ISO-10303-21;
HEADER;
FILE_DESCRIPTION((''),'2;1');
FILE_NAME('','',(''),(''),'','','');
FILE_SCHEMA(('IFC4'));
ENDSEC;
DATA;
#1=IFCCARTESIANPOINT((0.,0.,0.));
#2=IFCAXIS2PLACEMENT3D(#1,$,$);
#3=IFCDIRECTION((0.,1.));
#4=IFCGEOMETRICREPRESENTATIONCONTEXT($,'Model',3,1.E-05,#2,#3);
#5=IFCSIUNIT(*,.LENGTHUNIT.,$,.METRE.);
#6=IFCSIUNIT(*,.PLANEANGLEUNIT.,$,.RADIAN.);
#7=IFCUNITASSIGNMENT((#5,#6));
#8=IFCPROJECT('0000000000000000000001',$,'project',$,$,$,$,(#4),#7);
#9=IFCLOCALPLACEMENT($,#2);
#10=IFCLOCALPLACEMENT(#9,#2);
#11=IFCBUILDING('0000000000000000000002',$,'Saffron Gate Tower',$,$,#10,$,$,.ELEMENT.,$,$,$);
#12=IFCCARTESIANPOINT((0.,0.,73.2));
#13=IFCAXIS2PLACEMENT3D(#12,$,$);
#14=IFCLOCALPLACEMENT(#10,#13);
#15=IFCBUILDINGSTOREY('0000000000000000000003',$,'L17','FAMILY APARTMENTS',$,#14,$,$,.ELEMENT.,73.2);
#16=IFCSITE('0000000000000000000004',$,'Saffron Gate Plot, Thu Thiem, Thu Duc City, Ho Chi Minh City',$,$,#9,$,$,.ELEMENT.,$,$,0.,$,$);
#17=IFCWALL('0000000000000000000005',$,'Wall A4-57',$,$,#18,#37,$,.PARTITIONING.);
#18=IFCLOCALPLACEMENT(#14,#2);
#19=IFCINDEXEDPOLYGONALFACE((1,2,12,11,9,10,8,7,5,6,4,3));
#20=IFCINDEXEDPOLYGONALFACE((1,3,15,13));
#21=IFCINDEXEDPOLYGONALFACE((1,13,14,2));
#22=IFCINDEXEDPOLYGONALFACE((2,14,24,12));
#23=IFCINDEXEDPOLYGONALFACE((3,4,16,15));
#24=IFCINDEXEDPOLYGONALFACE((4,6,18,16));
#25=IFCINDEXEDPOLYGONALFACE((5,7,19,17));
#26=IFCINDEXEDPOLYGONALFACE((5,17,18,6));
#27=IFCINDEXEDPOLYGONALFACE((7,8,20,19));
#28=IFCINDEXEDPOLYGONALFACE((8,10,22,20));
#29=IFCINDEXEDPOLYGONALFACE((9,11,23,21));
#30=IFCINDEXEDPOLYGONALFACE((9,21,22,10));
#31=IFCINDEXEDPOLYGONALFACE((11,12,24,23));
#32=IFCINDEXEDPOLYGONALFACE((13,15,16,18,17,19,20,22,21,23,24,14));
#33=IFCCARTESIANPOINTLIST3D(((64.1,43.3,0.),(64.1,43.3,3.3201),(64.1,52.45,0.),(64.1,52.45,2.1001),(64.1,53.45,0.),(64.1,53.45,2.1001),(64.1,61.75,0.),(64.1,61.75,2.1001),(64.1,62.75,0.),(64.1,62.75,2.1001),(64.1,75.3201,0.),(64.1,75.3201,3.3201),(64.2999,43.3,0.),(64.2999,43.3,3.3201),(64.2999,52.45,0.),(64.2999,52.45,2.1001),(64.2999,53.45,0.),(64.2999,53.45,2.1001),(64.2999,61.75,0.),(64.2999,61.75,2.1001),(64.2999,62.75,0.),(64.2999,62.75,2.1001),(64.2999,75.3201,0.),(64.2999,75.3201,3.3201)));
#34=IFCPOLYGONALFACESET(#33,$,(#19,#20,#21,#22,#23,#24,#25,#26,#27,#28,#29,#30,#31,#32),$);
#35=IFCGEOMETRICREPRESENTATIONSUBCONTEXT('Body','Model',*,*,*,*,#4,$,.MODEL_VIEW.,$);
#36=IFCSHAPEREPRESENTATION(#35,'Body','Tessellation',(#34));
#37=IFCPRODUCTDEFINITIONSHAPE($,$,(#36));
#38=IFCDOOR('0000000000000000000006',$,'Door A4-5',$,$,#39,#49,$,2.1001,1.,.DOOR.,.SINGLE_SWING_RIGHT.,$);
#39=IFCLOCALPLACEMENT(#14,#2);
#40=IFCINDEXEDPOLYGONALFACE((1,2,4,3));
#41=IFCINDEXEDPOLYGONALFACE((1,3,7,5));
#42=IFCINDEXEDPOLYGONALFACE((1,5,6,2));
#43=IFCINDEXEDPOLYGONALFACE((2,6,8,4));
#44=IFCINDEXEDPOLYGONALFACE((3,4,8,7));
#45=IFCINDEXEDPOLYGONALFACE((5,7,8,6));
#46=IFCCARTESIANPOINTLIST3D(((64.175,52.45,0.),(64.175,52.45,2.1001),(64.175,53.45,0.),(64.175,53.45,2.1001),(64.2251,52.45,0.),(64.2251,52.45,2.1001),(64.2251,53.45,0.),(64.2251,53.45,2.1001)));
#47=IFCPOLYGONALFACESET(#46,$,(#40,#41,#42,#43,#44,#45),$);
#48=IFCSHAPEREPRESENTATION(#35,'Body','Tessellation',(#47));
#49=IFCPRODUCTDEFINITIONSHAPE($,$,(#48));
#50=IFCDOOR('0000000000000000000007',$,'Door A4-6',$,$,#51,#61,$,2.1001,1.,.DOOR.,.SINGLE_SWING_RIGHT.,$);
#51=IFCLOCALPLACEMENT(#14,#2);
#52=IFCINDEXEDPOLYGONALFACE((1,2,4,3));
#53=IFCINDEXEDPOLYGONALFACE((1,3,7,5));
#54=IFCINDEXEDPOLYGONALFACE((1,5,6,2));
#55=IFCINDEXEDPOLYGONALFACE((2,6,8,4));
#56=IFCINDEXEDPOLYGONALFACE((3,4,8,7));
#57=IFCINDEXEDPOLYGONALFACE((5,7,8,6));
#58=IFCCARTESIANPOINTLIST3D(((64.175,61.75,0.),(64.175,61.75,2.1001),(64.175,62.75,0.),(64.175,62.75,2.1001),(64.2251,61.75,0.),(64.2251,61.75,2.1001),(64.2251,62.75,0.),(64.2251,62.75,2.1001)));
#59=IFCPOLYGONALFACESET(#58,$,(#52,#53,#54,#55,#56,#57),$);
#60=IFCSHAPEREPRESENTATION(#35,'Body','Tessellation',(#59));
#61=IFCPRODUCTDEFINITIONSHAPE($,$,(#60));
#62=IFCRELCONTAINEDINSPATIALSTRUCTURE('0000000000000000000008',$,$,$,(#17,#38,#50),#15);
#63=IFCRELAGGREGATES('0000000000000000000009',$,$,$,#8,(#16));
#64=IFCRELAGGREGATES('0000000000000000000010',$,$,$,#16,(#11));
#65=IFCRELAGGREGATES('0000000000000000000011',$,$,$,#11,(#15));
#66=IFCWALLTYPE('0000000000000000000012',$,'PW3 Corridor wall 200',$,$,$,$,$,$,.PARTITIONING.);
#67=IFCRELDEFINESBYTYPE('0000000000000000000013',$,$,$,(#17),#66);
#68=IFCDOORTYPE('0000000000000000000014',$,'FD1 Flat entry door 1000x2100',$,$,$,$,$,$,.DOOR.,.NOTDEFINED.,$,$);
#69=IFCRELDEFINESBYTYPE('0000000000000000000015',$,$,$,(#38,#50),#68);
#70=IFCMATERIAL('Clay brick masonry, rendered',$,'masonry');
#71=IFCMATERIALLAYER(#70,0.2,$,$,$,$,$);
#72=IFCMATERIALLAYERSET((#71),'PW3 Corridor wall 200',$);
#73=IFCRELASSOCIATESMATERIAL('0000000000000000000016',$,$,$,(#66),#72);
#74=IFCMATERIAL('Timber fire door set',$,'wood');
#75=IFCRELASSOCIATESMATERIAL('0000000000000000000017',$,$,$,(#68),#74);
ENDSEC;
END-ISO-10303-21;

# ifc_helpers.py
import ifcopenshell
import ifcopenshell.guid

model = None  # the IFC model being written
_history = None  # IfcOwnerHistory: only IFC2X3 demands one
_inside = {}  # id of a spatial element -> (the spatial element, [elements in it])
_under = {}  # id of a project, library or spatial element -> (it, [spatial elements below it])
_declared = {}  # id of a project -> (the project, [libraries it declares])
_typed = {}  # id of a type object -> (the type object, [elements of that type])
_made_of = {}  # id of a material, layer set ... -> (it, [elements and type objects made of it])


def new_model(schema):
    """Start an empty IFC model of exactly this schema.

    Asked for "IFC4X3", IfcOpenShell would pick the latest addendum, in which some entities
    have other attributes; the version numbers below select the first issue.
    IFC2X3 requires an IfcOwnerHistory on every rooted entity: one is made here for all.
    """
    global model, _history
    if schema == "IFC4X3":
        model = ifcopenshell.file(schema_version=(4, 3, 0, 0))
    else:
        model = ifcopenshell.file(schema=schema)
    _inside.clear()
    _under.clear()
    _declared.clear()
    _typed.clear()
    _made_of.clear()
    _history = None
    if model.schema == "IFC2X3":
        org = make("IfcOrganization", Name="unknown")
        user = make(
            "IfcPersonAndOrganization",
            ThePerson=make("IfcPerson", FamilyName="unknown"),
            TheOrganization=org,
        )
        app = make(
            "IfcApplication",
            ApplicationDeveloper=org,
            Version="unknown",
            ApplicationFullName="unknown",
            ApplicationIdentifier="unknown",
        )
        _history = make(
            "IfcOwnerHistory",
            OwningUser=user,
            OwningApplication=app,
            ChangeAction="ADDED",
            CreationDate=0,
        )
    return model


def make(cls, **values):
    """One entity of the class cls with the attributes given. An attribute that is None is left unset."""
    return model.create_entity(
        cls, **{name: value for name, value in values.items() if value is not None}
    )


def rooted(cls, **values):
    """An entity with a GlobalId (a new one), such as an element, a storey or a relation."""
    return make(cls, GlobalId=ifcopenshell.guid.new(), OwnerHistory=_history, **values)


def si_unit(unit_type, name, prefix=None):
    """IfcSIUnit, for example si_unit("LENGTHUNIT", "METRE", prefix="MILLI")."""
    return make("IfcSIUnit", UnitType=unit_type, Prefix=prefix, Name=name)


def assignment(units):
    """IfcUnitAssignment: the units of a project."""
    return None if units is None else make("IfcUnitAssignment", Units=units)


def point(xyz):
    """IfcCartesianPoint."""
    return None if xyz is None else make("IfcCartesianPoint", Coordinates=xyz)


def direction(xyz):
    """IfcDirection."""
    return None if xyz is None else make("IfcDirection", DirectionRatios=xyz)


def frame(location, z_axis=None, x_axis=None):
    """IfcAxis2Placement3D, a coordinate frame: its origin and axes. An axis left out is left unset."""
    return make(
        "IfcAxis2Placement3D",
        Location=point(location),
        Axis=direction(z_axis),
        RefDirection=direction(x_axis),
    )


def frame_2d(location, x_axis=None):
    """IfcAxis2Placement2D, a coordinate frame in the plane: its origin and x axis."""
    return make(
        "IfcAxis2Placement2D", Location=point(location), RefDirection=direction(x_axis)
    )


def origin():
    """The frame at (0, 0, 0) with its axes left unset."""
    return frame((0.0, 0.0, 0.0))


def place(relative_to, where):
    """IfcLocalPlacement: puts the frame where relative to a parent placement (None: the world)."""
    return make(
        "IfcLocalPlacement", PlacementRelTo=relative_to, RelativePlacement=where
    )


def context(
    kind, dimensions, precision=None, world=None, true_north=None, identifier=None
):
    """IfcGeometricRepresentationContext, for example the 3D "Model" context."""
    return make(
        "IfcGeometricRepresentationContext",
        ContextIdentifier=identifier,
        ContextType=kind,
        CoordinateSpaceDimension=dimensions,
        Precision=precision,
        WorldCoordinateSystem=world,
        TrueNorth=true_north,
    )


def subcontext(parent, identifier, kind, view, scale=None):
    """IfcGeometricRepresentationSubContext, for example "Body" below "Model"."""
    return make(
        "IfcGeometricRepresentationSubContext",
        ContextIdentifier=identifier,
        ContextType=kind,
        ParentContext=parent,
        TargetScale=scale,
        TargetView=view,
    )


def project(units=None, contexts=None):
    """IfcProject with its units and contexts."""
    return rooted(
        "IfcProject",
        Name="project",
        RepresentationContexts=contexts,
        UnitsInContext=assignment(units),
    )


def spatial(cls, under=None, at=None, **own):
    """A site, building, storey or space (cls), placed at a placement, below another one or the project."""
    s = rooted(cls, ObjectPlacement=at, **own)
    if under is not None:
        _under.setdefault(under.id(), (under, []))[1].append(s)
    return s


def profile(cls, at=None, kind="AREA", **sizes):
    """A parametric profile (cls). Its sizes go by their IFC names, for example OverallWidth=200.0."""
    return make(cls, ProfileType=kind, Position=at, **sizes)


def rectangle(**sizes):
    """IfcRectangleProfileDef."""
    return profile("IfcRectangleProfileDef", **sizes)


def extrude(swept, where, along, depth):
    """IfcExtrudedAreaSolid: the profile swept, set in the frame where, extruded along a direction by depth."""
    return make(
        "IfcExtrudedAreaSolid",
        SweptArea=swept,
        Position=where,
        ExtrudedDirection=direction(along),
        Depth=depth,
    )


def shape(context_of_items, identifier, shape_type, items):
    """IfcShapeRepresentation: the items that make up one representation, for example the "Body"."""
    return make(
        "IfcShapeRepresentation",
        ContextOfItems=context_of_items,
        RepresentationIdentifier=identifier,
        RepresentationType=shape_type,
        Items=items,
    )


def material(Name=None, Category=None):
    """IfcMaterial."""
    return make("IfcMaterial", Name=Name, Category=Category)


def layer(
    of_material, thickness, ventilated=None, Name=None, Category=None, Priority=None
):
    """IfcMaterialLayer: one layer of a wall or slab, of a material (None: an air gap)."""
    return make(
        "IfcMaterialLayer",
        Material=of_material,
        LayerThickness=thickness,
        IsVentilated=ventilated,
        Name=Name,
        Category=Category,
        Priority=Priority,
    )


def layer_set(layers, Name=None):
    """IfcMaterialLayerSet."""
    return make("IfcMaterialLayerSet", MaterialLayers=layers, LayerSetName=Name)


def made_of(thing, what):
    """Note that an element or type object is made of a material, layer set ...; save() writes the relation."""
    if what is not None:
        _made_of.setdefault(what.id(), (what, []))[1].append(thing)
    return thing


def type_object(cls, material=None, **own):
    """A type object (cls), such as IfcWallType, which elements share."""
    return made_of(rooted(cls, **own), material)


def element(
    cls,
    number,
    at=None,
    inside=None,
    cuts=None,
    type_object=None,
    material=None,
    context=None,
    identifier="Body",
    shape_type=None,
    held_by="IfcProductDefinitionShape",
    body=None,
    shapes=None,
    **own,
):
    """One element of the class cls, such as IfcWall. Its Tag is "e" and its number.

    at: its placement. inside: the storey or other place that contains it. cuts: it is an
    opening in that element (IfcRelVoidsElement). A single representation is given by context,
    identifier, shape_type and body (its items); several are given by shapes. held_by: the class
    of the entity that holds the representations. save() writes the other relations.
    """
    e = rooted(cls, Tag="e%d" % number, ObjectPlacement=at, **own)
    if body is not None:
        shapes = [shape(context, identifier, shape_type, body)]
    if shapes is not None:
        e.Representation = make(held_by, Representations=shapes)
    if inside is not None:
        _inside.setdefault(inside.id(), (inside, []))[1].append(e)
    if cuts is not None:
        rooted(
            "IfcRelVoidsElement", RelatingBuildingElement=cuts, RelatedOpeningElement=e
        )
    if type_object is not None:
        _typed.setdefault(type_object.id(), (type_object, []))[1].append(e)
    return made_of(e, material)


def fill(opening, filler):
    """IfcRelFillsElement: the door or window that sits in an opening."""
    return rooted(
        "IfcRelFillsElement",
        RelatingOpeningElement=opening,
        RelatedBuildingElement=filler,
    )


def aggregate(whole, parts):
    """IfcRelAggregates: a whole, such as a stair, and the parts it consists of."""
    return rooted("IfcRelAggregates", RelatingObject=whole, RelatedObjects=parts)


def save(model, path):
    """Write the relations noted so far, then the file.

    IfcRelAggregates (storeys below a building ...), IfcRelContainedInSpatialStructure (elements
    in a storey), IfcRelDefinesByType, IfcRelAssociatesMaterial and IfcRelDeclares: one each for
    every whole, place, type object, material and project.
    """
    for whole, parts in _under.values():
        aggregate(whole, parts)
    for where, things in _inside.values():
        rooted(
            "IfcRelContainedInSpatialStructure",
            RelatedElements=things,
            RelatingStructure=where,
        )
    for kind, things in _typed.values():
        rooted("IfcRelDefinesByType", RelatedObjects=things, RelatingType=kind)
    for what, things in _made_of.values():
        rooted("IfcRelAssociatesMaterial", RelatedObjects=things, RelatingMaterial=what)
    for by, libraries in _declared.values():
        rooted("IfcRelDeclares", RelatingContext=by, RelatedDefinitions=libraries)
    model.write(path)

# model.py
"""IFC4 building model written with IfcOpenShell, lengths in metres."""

from ifc_helpers import new_model, si_unit, direction, frame, frame_2d, origin, place, context, subcontext, project, spatial, rectangle, extrude, material, layer, layer_set, type_object, element, fill, save


model = new_model("IFC4")

# Units and contexts
model_context = context("Model", 3, precision=1e-05, world=origin(), true_north=direction((0.0, 1.0)))
body_context = subcontext(model_context, "Body", "Model", "MODEL_VIEW")
ifc_project = project(units=[si_unit("LENGTHUNIT", "METRE"), si_unit("PLANEANGLEUNIT", "RADIAN")], contexts=[model_context])

# Site, building, storey
site_placement = place(None, origin())
site = spatial("IfcSite", under=ifc_project, at=site_placement, Name="Saffron Gate Plot, Thu Thiem, Thu Duc City, Ho Chi Minh City", CompositionType="ELEMENT", RefElevation=0.0)
building_placement = place(site_placement, origin())
building = spatial("IfcBuilding", under=site, at=building_placement, Name="Saffron Gate Tower", CompositionType="ELEMENT")
storey_placement = place(building_placement, frame((0.0, 0.0, 73.2)))
storey = spatial("IfcBuildingStorey", under=building, at=storey_placement, Name="L17", Description="FAMILY APARTMENTS", CompositionType="ELEMENT", Elevation=73.2)

# Wall, openings, doors
ifc_material_1 = material(Name="Clay brick masonry, rendered", Category="masonry")
ifc_layer_1 = layer(ifc_material_1, 0.2)
ifc_layer_set_1 = layer_set([ifc_layer_1], Name="PW3 Corridor wall 200")
wall_type_1 = type_object("IfcWallType", Name="PW3 Corridor wall 200", PredefinedType="PARTITIONING", material=ifc_layer_set_1)
wall_1_placement = place(storey_placement, frame((64.2, 43.3, 0.0), z_axis=(0.0, 0.0, 1.0), x_axis=(0.0, 1.0, 0.0)))
wall_1 = element("IfcWall", 1, at=wall_1_placement, inside=storey, type_object=wall_type_1, Name="Wall A4-57", PredefinedType="PARTITIONING", context=body_context, shape_type="SweptSolid", body=[
    extrude(rectangle(XDim=32.02, YDim=0.2, at=frame_2d((16.01, 0.0))), origin(), (0.0, 0.0, 1.0), 3.3201),
])
opening_1_placement = place(wall_1_placement, frame((9.1499, 0.0, 0.0)))
opening_1 = element("IfcOpeningElement", 2, at=opening_1_placement, cuts=wall_1, PredefinedType="OPENING", context=body_context, shape_type="SweptSolid", body=[
    extrude(rectangle(XDim=1.0, YDim=2.1001, at=frame_2d((0.5, 1.05))), frame((0.0, 0.1099, 0.0), z_axis=(0.0, -1.0, 0.0), x_axis=(1.0, 0.0, 0.0)), (0.0, 0.0, 1.0), 0.22),
])
opening_2_placement = place(wall_1_placement, frame((18.45, 0.0, 0.0)))
opening_2 = element("IfcOpeningElement", 3, at=opening_2_placement, cuts=wall_1, PredefinedType="OPENING", context=body_context, shape_type="SweptSolid", body=[
    extrude(rectangle(XDim=1.0, YDim=2.1001, at=frame_2d((0.5, 1.05))), frame((0.0, 0.1099, 0.0), z_axis=(0.0, -1.0, 0.0), x_axis=(1.0, 0.0, 0.0)), (0.0, 0.0, 1.0), 0.22),
])
ifc_material_2 = material(Name="Timber fire door set", Category="wood")
door_type_1 = type_object("IfcDoorType", Name="FD1 Flat entry door 1000x2100", OperationType="NOTDEFINED", PredefinedType="DOOR", material=ifc_material_2)
door_1_placement = place(opening_1_placement, origin())
door_1 = element("IfcDoor", 4, at=door_1_placement, inside=storey, type_object=door_type_1, Name="Door A4-5", OperationType="SINGLE_SWING_RIGHT", OverallHeight=2.1001, OverallWidth=1.0, PredefinedType="DOOR", context=body_context, shape_type="SweptSolid", body=[
    extrude(rectangle(XDim=1.0, YDim=2.1001, at=frame_2d((0.5, 1.05))), frame((0.0, 0.0249, 0.0), z_axis=(0.0, -1.0, 0.0), x_axis=(1.0, 0.0, 0.0)), (0.0, 0.0, 1.0), 0.05),
])
fill(opening_1, door_1)
door_2_placement = place(opening_2_placement, origin())
door_2 = element("IfcDoor", 5, at=door_2_placement, inside=storey, type_object=door_type_1, Name="Door A4-6", OperationType="SINGLE_SWING_RIGHT", OverallHeight=2.1001, OverallWidth=1.0, PredefinedType="DOOR", context=body_context, shape_type="SweptSolid", body=[
    extrude(rectangle(XDim=1.0, YDim=2.1001, at=frame_2d((0.5, 1.05))), frame((0.0, 0.0249, 0.0), z_axis=(0.0, -1.0, 0.0), x_axis=(1.0, 0.0, 0.0)), (0.0, 0.0, 1.0), 0.05),
])
fill(opening_2, door_2)

save(model, "model.ifc")
